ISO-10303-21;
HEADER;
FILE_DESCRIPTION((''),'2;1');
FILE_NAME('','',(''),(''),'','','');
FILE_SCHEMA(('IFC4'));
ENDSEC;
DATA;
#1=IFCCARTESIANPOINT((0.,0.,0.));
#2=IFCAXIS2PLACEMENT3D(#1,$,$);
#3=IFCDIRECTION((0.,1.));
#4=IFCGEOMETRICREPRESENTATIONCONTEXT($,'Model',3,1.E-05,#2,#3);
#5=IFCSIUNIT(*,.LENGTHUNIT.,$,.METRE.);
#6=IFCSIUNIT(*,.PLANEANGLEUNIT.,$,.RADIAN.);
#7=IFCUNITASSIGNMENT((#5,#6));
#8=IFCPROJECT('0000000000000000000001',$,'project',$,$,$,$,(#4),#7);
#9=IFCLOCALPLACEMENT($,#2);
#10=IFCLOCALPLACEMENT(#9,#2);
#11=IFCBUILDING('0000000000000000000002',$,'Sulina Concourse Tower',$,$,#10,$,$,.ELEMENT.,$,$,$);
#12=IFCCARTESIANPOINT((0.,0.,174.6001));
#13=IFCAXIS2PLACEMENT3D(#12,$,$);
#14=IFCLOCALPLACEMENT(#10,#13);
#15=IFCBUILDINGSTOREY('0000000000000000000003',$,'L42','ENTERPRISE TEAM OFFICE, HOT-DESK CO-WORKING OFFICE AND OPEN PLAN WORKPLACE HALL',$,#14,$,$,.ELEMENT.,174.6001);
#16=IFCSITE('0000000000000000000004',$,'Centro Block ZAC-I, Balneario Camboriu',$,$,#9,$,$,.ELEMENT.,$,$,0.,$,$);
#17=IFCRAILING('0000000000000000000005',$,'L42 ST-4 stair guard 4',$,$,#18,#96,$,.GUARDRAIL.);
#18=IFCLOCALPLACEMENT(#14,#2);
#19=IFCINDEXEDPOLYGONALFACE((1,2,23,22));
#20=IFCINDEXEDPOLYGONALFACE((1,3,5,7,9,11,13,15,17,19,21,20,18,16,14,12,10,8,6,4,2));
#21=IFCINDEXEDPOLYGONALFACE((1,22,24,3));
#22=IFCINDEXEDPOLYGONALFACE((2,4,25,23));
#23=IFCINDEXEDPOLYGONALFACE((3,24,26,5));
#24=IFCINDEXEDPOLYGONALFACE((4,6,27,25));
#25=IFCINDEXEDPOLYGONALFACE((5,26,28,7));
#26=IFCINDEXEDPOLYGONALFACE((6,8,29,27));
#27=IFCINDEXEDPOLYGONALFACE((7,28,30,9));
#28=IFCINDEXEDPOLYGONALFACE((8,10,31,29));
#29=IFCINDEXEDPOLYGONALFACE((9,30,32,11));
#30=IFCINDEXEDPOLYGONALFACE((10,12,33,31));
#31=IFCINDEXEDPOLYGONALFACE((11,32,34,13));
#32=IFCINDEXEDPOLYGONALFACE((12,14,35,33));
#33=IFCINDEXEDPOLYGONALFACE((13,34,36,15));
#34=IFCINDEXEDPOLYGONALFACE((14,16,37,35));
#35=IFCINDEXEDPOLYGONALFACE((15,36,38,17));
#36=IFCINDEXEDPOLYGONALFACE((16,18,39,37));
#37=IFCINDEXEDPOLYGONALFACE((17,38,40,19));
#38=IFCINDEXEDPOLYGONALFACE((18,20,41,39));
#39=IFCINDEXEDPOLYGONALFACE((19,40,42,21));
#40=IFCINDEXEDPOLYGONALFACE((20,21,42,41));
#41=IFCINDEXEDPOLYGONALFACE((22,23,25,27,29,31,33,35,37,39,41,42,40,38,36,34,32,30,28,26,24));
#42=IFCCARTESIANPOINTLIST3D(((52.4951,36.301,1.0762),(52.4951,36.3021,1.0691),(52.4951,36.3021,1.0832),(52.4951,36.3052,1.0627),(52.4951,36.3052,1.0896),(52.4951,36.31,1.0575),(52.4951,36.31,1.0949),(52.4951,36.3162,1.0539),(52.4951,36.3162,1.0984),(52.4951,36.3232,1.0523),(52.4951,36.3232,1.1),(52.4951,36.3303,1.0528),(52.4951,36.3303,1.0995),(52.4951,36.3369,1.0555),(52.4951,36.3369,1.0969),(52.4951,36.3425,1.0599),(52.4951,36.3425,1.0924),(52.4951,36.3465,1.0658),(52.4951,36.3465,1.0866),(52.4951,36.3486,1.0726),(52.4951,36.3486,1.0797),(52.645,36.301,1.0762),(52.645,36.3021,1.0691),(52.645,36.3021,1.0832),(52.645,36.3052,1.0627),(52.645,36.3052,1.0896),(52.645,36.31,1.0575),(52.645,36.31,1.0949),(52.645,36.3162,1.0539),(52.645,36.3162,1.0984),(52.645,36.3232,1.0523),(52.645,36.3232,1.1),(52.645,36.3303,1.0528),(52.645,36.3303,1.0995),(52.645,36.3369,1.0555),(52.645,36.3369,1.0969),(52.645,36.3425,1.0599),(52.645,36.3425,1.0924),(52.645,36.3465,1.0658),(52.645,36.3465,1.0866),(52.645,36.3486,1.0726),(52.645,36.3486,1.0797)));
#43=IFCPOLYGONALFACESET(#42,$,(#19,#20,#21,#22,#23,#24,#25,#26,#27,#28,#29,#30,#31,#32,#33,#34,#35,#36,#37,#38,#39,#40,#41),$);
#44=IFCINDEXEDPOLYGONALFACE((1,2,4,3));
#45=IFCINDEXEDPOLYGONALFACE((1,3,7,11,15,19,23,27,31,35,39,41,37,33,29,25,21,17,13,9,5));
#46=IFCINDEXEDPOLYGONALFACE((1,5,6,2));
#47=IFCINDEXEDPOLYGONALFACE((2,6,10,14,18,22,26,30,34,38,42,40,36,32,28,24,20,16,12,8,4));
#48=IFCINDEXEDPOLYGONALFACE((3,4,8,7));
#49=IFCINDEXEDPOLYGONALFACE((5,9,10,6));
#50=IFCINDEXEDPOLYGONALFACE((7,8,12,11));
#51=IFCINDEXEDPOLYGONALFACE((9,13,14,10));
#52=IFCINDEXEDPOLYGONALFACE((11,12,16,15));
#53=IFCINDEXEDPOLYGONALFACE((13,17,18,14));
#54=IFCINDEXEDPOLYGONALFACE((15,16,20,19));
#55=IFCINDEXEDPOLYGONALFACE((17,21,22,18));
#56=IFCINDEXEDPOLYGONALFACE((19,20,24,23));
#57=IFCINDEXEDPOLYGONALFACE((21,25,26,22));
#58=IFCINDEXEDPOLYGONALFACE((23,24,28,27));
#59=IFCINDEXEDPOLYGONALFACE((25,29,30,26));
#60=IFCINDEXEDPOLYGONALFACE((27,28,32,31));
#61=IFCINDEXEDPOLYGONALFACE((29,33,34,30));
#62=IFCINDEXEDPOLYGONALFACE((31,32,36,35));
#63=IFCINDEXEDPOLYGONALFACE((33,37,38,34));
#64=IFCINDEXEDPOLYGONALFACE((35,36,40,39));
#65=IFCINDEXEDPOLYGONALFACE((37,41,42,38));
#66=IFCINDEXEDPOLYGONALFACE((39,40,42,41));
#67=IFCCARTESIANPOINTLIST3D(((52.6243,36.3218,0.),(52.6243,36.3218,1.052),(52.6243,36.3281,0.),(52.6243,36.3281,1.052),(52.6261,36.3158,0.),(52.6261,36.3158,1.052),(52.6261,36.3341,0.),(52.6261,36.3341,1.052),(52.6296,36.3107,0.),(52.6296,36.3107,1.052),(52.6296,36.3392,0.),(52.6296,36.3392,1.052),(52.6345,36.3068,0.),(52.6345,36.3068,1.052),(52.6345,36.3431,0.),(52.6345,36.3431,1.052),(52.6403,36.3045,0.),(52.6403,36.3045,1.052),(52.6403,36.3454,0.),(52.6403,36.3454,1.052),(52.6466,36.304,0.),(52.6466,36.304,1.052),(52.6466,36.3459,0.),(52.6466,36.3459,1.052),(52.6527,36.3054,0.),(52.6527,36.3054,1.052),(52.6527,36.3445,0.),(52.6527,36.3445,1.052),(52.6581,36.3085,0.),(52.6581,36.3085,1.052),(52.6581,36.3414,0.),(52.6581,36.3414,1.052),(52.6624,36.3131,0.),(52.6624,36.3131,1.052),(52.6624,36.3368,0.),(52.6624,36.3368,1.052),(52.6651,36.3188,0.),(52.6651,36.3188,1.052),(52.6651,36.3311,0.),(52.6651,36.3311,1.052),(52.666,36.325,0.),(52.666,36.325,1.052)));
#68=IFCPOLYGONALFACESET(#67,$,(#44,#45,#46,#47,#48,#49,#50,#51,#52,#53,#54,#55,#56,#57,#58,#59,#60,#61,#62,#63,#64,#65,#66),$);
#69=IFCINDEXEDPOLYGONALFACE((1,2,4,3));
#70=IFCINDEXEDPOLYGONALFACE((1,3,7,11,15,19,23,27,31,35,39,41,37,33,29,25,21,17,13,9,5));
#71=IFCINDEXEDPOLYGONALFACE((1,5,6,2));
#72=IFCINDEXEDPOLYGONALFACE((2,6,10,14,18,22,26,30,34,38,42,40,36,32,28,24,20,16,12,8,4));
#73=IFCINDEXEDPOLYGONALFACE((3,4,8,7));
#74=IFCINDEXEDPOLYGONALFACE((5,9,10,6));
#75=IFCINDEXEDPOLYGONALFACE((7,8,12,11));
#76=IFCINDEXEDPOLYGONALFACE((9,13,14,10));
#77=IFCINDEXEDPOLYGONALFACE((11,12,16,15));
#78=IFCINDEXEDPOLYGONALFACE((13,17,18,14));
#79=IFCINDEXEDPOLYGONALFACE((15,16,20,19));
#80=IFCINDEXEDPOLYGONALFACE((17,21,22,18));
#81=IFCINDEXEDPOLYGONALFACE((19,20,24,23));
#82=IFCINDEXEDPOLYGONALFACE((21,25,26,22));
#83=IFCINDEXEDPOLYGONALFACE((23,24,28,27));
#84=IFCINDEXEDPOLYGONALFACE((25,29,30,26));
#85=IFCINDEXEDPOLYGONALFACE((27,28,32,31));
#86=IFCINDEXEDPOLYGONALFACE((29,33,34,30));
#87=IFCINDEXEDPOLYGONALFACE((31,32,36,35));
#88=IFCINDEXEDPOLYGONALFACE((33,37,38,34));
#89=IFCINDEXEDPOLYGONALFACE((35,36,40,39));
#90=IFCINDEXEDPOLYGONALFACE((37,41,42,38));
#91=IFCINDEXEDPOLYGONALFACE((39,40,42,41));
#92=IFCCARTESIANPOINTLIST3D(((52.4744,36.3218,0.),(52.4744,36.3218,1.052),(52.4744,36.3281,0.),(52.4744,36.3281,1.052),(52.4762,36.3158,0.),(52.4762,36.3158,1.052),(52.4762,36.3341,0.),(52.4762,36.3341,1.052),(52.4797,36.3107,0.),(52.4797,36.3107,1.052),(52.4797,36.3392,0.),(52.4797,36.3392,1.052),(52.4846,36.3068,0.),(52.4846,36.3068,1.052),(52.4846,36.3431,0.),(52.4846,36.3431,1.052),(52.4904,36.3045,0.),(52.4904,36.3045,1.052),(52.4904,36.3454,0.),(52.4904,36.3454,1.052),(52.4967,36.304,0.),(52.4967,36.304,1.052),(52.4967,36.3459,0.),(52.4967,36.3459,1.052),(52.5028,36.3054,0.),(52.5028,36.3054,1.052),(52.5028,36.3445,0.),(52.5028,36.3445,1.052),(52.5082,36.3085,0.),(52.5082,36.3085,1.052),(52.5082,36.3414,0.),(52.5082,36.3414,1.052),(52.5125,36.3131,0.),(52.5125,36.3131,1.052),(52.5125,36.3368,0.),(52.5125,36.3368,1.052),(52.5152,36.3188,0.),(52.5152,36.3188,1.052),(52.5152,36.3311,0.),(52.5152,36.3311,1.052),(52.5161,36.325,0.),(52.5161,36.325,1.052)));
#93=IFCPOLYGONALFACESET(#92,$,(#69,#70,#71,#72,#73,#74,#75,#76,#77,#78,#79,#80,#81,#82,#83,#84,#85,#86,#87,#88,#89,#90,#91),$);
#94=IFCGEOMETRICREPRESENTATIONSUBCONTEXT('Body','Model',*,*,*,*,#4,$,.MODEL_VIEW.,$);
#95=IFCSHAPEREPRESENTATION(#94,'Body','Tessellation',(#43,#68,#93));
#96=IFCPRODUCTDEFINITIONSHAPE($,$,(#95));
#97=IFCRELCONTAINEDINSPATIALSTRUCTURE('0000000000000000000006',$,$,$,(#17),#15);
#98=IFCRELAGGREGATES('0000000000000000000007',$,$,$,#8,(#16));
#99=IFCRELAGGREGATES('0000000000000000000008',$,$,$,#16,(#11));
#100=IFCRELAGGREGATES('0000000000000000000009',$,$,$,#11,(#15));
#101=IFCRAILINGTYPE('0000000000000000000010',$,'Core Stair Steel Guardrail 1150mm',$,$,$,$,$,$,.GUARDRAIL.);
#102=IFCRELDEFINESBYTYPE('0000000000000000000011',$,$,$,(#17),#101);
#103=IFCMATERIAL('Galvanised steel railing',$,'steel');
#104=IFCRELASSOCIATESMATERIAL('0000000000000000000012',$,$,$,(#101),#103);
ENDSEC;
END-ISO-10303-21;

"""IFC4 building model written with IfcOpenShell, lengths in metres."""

from ifc_helpers import new_model, si_unit, direction, frame, origin, origin_2d, place, context, subcontext, project, spatial, circle, extrude, material, type_object, element, save


model = new_model("IFC4")

# Units and contexts
model_context = context("Model", 3, precision=1e-05, world=origin(), true_north=direction((0.0, 1.0)))
body_context = subcontext(model_context, "Body", "Model", "MODEL_VIEW")
ifc_project = project(units=[si_unit("LENGTHUNIT", "METRE"), si_unit("PLANEANGLEUNIT", "RADIAN")], contexts=[model_context])

# Site, building, storey
site_placement = place(None, origin())
site = spatial("IfcSite", under=ifc_project, at=site_placement, Name="Centro Block ZAC-I, Balneario Camboriu", CompositionType="ELEMENT", RefElevation=0.0)
building_placement = place(site_placement, origin())
building = spatial("IfcBuilding", under=site, at=building_placement, Name="Sulina Concourse Tower", CompositionType="ELEMENT")
storey_placement = place(building_placement, frame((0.0, 0.0, 174.6001)))
storey = spatial("IfcBuildingStorey", under=building, at=storey_placement, Name="L42", Description="ENTERPRISE TEAM OFFICE, HOT-DESK CO-WORKING OFFICE AND OPEN PLAN WORKPLACE HALL", CompositionType="ELEMENT", Elevation=174.6001)

# Railing
ifc_material_1 = material(Name="Galvanised steel railing", Category="steel")
railing_type_1 = type_object("IfcRailingType", Name="Core Stair Steel Guardrail 1150mm", PredefinedType="GUARDRAIL", material=ifc_material_1)
railing_1_placement = place(storey_placement, frame((52.645, 36.325, 0.0)))
element("IfcRailing", 1, at=railing_1_placement, inside=storey, type_object=railing_type_1, Name="L42 ST-4 stair guard 4", PredefinedType="GUARDRAIL", context=body_context, shape_type="SweptSolid", body=[
    extrude(circle(Radius=0.0239, at=origin_2d()), frame((0.0, 0.0, 1.0762), z_axis=(-1.0, 0.0, 0.0), x_axis=(0.0, -1.0, 0.0)), (0.0, 0.0, 1.0), 0.1499),
    extrude(circle(Radius=0.021, at=origin_2d()), origin(), (0.0, 0.0, 1.0), 1.052),
    extrude(circle(Radius=0.021, at=origin_2d()), frame((-0.1499, 0.0, 0.0)), (0.0, 0.0, 1.0), 1.052),
])

save(model, "model.ifc")
